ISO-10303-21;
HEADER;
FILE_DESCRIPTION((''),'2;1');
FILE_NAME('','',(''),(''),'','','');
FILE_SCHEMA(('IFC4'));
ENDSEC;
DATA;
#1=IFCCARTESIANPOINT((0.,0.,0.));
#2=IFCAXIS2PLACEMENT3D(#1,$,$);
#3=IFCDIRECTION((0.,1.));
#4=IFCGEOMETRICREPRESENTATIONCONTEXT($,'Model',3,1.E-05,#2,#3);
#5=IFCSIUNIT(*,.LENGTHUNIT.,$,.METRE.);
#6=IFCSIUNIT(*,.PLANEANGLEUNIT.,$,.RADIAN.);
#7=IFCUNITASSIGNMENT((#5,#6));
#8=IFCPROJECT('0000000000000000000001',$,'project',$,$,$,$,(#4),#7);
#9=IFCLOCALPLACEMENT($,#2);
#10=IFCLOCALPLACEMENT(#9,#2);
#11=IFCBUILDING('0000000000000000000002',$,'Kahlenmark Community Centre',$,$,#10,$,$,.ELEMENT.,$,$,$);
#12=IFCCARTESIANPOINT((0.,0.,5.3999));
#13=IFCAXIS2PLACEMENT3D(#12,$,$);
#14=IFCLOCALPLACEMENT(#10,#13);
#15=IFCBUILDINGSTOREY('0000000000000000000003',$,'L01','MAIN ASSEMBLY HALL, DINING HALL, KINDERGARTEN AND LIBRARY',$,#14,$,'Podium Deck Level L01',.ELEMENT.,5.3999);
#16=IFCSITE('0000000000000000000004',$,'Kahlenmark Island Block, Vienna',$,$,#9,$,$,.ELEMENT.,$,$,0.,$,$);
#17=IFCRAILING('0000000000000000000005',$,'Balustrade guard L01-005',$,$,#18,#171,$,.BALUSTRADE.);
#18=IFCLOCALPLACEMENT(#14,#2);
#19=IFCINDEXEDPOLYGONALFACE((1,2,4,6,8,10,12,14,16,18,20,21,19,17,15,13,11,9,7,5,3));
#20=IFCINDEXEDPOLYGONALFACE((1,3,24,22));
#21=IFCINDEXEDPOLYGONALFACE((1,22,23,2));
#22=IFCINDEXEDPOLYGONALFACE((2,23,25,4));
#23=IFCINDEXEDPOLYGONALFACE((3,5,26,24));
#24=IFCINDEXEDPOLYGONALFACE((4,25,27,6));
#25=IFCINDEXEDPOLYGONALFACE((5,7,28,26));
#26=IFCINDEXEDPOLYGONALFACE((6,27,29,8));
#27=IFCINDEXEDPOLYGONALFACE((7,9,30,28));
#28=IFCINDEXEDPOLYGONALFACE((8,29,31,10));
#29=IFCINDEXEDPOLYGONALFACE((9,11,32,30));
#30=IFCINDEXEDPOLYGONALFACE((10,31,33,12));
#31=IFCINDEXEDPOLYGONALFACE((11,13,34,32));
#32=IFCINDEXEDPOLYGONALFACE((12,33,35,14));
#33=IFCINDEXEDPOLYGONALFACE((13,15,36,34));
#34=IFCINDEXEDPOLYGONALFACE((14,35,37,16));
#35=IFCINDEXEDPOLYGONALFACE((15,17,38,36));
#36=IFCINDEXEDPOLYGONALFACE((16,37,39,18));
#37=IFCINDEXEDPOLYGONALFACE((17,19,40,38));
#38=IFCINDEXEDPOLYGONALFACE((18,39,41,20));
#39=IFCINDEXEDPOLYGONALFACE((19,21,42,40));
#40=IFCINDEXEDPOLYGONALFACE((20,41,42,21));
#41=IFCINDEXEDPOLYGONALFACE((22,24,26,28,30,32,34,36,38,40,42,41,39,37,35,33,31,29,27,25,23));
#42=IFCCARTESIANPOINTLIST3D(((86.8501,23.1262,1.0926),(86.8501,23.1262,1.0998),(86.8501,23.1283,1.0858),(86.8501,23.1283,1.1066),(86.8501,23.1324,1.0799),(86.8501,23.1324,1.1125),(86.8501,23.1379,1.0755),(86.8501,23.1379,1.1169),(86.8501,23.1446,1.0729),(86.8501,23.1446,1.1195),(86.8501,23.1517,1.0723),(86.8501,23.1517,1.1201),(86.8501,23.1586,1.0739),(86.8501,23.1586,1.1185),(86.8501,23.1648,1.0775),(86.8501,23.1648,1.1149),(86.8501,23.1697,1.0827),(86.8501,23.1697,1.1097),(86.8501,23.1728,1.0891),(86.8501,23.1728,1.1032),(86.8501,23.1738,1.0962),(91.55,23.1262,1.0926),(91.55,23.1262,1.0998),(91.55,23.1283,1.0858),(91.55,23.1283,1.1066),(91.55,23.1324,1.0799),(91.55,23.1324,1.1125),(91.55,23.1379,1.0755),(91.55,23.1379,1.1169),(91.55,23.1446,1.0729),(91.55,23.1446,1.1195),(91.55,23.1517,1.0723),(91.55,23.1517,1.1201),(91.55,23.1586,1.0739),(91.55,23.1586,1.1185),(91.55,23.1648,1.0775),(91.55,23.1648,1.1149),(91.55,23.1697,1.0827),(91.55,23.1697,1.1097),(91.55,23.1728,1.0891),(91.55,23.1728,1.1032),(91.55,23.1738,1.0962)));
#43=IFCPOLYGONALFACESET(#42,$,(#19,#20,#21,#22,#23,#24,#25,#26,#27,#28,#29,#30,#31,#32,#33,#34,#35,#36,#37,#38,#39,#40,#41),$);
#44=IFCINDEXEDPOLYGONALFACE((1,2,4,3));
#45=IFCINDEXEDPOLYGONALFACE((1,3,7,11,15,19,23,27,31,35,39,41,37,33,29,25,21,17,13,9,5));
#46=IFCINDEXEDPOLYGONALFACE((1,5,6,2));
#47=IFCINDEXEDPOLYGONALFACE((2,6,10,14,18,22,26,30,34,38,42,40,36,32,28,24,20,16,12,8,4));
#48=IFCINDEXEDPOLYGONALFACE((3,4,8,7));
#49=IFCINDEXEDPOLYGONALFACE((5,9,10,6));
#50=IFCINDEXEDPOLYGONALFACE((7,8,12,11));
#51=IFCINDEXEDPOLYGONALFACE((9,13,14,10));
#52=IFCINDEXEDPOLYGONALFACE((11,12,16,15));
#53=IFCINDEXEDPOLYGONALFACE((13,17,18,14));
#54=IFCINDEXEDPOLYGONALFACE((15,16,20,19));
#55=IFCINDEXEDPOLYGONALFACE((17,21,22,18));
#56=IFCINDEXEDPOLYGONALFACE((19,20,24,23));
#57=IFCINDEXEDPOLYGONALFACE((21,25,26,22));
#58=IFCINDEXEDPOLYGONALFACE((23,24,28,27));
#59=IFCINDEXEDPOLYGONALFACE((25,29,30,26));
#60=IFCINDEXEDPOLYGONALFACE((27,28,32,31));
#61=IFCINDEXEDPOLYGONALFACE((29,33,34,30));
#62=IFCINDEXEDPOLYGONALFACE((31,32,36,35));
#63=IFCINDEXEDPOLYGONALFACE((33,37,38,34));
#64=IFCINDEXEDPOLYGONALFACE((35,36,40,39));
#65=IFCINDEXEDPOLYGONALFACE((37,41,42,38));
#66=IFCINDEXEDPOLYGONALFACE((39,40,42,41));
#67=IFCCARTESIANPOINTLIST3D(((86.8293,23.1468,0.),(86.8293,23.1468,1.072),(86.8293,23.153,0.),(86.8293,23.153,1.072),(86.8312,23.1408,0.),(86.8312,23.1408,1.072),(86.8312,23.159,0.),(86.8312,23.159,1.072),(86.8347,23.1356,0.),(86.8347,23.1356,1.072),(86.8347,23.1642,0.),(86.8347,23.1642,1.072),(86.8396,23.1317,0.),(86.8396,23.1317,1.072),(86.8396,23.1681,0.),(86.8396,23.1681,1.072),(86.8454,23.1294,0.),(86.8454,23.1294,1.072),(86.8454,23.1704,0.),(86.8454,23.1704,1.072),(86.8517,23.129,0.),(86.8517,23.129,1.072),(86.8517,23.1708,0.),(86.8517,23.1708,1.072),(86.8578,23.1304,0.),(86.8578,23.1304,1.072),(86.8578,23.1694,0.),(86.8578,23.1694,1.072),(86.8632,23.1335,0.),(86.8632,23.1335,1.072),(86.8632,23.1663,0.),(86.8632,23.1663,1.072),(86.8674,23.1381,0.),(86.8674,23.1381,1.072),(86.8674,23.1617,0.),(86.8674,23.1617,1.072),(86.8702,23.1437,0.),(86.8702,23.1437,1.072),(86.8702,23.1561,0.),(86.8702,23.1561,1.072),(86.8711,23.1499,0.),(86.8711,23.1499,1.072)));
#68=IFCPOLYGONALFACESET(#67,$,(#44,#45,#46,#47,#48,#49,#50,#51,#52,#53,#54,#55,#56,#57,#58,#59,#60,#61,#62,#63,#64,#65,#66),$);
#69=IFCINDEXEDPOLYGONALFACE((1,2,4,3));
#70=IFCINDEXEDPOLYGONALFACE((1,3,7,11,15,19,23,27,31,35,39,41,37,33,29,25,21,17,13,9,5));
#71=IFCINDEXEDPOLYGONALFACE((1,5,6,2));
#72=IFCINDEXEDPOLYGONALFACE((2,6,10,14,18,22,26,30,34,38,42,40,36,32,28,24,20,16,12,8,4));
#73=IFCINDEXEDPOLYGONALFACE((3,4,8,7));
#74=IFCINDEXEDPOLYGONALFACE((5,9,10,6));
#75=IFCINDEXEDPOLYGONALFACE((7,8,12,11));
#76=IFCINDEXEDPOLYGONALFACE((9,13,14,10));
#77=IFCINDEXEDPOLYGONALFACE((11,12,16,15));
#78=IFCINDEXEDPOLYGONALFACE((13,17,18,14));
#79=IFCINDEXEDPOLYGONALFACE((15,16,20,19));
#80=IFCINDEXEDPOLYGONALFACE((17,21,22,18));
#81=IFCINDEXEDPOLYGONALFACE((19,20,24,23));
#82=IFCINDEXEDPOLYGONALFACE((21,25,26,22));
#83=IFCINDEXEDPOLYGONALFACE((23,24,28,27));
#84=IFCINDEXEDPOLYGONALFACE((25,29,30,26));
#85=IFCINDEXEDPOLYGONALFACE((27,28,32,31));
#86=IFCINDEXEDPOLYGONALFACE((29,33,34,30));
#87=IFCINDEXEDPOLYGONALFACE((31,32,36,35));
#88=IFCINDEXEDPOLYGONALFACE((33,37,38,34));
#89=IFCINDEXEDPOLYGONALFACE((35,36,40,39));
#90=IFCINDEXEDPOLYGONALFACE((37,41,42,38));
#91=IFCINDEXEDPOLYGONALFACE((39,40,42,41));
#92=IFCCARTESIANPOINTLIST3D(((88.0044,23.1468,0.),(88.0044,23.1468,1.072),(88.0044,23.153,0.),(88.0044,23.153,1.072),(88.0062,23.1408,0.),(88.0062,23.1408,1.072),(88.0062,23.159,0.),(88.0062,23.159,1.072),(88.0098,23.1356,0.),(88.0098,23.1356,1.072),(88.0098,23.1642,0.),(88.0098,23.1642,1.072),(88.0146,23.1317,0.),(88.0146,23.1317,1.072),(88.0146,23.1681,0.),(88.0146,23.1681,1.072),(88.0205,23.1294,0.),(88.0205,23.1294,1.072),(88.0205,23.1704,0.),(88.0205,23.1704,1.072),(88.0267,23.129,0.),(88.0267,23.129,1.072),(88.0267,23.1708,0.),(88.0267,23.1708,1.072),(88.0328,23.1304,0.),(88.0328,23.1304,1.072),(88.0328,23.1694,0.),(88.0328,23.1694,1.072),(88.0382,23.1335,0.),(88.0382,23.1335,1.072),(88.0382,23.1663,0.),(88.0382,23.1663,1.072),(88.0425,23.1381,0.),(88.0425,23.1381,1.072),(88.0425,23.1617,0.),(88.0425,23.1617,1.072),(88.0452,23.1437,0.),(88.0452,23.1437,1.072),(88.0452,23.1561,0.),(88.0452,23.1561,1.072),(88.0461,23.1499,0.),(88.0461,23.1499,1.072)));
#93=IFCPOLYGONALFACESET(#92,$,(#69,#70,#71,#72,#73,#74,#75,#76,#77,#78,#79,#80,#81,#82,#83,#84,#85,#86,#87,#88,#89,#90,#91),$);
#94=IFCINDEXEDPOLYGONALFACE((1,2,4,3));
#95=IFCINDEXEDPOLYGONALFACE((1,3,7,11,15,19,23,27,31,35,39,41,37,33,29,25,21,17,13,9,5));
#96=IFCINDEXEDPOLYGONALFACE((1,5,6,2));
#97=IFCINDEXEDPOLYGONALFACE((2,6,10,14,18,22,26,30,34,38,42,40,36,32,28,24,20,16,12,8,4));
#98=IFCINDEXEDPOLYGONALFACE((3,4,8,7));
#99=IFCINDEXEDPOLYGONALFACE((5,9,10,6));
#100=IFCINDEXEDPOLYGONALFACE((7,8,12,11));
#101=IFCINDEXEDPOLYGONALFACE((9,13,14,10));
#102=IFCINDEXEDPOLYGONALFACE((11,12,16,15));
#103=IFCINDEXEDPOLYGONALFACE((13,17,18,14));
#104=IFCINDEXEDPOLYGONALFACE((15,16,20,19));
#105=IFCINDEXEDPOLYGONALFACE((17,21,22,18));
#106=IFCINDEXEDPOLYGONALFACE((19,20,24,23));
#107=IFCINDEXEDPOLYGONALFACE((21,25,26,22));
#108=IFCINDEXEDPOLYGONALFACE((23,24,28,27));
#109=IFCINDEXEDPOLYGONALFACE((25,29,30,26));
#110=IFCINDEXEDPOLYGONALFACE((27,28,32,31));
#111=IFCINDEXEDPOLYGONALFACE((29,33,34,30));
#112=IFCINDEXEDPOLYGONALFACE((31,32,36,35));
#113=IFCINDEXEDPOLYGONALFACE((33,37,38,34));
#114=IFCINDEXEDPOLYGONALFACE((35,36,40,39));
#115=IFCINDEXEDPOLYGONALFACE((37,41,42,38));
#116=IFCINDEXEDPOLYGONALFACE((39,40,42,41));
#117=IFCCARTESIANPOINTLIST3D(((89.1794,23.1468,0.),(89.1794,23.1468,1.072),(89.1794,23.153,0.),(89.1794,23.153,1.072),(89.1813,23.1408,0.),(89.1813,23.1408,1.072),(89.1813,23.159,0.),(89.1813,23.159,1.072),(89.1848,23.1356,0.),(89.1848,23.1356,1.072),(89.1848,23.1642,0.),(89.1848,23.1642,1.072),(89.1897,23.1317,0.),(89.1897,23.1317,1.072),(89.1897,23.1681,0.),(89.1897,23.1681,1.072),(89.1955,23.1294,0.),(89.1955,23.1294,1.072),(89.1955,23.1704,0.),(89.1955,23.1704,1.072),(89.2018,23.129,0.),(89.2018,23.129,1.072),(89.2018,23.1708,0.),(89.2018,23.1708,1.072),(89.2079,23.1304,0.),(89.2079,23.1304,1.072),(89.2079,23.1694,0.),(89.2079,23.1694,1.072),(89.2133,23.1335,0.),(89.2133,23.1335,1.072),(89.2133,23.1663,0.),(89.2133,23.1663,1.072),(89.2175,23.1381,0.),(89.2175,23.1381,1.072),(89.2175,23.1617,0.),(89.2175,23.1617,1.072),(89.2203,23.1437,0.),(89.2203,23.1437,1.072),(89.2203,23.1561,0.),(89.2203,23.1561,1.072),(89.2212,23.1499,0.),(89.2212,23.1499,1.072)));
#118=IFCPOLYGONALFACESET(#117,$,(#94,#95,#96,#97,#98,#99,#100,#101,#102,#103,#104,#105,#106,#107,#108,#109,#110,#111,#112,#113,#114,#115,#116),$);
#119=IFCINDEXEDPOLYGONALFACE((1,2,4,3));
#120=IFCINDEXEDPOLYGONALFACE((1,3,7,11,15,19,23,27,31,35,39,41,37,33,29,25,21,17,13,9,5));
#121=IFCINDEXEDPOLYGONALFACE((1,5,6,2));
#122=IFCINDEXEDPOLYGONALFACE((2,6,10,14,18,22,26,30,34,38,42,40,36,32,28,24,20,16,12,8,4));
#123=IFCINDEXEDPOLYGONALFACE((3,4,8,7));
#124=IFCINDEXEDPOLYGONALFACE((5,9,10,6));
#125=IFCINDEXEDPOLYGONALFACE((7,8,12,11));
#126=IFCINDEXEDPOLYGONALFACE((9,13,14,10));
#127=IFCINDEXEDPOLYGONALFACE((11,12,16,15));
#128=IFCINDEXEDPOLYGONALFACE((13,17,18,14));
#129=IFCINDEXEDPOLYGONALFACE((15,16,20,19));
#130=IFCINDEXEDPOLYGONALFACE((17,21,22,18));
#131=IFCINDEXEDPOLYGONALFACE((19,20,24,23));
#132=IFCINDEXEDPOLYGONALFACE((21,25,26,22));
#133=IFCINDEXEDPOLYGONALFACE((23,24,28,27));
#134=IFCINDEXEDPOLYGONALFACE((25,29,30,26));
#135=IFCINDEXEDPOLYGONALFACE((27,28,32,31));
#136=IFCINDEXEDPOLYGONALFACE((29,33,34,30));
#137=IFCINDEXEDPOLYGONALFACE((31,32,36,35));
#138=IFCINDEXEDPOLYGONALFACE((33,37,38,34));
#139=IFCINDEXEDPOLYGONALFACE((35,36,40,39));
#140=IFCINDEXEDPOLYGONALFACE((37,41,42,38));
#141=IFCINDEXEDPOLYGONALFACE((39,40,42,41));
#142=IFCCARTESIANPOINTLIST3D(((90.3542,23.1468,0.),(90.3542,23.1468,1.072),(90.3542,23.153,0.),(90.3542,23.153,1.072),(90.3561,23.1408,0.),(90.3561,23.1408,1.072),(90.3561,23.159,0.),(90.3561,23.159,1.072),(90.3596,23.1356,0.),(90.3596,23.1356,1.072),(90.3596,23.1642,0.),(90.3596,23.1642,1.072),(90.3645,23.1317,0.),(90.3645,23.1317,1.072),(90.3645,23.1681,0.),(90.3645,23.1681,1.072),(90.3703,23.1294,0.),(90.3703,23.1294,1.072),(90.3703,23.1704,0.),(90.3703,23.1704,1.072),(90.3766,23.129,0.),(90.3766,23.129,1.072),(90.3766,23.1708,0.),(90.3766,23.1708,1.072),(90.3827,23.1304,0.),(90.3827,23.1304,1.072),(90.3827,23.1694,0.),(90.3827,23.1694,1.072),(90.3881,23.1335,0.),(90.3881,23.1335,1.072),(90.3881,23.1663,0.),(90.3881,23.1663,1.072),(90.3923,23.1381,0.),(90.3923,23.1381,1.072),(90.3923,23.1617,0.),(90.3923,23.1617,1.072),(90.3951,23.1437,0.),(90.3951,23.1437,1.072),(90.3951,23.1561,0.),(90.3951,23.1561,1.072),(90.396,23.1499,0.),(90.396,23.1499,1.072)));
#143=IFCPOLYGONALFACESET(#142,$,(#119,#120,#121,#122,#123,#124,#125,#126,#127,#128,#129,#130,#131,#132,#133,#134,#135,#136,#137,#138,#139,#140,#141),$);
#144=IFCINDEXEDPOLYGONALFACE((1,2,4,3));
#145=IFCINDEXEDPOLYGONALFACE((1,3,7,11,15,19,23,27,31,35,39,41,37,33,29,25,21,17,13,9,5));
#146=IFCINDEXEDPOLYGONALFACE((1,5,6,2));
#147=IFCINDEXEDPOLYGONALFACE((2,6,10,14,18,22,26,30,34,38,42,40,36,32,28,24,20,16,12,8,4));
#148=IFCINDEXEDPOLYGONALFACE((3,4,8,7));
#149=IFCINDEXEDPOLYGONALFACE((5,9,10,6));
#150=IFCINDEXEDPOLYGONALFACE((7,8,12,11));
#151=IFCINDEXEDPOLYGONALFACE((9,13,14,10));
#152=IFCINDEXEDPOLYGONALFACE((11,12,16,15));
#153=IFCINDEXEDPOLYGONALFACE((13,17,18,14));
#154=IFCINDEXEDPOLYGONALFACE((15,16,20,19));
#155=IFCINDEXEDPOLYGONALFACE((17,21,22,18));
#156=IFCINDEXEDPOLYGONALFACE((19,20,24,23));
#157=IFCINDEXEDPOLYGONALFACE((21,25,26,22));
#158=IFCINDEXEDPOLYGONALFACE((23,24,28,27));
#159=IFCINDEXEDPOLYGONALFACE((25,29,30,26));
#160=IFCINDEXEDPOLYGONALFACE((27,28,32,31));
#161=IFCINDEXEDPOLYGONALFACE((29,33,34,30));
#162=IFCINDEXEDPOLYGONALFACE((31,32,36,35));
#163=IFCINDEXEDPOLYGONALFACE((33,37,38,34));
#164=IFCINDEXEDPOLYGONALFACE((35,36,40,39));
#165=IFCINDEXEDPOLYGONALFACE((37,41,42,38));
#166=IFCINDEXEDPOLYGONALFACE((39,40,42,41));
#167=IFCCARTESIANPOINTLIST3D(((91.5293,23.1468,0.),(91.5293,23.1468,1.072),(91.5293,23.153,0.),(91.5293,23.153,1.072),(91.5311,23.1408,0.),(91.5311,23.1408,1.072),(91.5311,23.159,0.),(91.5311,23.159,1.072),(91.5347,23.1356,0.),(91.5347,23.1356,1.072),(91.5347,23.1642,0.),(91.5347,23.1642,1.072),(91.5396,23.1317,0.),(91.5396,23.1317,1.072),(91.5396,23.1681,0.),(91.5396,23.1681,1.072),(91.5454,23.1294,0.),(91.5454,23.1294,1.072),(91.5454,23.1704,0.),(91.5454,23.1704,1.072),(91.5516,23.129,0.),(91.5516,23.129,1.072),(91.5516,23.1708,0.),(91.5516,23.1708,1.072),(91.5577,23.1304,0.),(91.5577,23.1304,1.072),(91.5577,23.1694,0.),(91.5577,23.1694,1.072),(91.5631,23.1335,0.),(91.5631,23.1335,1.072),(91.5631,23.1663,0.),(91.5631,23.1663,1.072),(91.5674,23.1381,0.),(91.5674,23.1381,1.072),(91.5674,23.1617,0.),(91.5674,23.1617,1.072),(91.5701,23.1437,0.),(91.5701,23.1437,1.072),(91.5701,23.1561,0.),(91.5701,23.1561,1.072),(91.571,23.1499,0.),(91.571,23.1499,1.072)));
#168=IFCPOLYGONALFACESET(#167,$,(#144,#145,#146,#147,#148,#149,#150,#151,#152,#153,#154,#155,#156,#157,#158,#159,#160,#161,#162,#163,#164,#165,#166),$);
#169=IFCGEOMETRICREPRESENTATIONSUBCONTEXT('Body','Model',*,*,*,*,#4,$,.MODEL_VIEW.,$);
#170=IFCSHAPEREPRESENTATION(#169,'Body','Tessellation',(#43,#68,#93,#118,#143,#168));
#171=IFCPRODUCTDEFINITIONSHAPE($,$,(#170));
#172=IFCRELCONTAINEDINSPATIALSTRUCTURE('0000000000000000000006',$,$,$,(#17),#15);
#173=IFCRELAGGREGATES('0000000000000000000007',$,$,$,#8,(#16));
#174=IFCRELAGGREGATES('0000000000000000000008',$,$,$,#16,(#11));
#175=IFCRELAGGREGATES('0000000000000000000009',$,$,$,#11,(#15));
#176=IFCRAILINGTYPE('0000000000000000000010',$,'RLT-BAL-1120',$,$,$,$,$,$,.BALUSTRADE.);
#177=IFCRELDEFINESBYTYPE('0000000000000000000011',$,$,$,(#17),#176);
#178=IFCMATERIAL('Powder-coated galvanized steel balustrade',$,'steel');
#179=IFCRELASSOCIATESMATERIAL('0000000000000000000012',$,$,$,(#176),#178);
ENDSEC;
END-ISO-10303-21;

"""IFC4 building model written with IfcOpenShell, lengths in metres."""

from ifc_helpers import new_model, si_unit, direction, frame, origin, origin_2d, place, context, subcontext, project, spatial, circle, extrude, material, type_object, element, save


model = new_model("IFC4")

# Units and contexts
model_context = context("Model", 3, precision=1e-05, world=origin(), true_north=direction((0.0, 1.0)))
body_context = subcontext(model_context, "Body", "Model", "MODEL_VIEW")
ifc_project = project(units=[si_unit("LENGTHUNIT", "METRE"), si_unit("PLANEANGLEUNIT", "RADIAN")], contexts=[model_context])

# Site, building, storey
site_placement = place(None, origin())
site = spatial("IfcSite", under=ifc_project, at=site_placement, Name="Kahlenmark Island Block, Vienna", CompositionType="ELEMENT", RefElevation=0.0)
building_placement = place(site_placement, origin())
building = spatial("IfcBuilding", under=site, at=building_placement, Name="Kahlenmark Community Centre", CompositionType="ELEMENT")
storey_placement = place(building_placement, frame((0.0, 0.0, 5.3999)))
storey = spatial("IfcBuildingStorey", under=building, at=storey_placement, Name="L01", Description="MAIN ASSEMBLY HALL, DINING HALL, KINDERGARTEN AND LIBRARY", LongName="Podium Deck Level L01", CompositionType="ELEMENT", Elevation=5.3999)

# Railing
ifc_material_1 = material(Name="Powder-coated galvanized steel balustrade", Category="steel")
railing_type = type_object("IfcRailingType", Name="RLT-BAL-1120", PredefinedType="BALUSTRADE", material=ifc_material_1)
railing_placement = place(storey_placement, frame((86.8501, 23.1499, 0.0)))
element("IfcRailing", 1, at=railing_placement, inside=storey, type_object=railing_type, Name="Balustrade guard L01-005", PredefinedType="BALUSTRADE", context=body_context, shape_type="SweptSolid", body=[
    extrude(circle(Radius=0.0239, at=origin_2d()), frame((0.0, 0.0, 1.0962), z_axis=(1.0, 0.0, 0.0), x_axis=(0.0, 1.0, 0.0)), (0.0, 0.0, 1.0), 4.7),
    extrude(circle(Radius=0.021, at=origin_2d()), origin(), (0.0, 0.0, 1.0), 1.072),
    extrude(circle(Radius=0.021, at=origin_2d()), frame((1.175, 0.0, 0.0)), (0.0, 0.0, 1.0), 1.072),
    extrude(circle(Radius=0.021, at=origin_2d()), frame((2.3501, 0.0, 0.0)), (0.0, 0.0, 1.0), 1.072),
    extrude(circle(Radius=0.021, at=origin_2d()), frame((3.5249, 0.0, 0.0)), (0.0, 0.0, 1.0), 1.072),
    extrude(circle(Radius=0.021, at=origin_2d()), frame((4.7, 0.0, 0.0)), (0.0, 0.0, 1.0), 1.072),
])

save(model, "model.ifc")
